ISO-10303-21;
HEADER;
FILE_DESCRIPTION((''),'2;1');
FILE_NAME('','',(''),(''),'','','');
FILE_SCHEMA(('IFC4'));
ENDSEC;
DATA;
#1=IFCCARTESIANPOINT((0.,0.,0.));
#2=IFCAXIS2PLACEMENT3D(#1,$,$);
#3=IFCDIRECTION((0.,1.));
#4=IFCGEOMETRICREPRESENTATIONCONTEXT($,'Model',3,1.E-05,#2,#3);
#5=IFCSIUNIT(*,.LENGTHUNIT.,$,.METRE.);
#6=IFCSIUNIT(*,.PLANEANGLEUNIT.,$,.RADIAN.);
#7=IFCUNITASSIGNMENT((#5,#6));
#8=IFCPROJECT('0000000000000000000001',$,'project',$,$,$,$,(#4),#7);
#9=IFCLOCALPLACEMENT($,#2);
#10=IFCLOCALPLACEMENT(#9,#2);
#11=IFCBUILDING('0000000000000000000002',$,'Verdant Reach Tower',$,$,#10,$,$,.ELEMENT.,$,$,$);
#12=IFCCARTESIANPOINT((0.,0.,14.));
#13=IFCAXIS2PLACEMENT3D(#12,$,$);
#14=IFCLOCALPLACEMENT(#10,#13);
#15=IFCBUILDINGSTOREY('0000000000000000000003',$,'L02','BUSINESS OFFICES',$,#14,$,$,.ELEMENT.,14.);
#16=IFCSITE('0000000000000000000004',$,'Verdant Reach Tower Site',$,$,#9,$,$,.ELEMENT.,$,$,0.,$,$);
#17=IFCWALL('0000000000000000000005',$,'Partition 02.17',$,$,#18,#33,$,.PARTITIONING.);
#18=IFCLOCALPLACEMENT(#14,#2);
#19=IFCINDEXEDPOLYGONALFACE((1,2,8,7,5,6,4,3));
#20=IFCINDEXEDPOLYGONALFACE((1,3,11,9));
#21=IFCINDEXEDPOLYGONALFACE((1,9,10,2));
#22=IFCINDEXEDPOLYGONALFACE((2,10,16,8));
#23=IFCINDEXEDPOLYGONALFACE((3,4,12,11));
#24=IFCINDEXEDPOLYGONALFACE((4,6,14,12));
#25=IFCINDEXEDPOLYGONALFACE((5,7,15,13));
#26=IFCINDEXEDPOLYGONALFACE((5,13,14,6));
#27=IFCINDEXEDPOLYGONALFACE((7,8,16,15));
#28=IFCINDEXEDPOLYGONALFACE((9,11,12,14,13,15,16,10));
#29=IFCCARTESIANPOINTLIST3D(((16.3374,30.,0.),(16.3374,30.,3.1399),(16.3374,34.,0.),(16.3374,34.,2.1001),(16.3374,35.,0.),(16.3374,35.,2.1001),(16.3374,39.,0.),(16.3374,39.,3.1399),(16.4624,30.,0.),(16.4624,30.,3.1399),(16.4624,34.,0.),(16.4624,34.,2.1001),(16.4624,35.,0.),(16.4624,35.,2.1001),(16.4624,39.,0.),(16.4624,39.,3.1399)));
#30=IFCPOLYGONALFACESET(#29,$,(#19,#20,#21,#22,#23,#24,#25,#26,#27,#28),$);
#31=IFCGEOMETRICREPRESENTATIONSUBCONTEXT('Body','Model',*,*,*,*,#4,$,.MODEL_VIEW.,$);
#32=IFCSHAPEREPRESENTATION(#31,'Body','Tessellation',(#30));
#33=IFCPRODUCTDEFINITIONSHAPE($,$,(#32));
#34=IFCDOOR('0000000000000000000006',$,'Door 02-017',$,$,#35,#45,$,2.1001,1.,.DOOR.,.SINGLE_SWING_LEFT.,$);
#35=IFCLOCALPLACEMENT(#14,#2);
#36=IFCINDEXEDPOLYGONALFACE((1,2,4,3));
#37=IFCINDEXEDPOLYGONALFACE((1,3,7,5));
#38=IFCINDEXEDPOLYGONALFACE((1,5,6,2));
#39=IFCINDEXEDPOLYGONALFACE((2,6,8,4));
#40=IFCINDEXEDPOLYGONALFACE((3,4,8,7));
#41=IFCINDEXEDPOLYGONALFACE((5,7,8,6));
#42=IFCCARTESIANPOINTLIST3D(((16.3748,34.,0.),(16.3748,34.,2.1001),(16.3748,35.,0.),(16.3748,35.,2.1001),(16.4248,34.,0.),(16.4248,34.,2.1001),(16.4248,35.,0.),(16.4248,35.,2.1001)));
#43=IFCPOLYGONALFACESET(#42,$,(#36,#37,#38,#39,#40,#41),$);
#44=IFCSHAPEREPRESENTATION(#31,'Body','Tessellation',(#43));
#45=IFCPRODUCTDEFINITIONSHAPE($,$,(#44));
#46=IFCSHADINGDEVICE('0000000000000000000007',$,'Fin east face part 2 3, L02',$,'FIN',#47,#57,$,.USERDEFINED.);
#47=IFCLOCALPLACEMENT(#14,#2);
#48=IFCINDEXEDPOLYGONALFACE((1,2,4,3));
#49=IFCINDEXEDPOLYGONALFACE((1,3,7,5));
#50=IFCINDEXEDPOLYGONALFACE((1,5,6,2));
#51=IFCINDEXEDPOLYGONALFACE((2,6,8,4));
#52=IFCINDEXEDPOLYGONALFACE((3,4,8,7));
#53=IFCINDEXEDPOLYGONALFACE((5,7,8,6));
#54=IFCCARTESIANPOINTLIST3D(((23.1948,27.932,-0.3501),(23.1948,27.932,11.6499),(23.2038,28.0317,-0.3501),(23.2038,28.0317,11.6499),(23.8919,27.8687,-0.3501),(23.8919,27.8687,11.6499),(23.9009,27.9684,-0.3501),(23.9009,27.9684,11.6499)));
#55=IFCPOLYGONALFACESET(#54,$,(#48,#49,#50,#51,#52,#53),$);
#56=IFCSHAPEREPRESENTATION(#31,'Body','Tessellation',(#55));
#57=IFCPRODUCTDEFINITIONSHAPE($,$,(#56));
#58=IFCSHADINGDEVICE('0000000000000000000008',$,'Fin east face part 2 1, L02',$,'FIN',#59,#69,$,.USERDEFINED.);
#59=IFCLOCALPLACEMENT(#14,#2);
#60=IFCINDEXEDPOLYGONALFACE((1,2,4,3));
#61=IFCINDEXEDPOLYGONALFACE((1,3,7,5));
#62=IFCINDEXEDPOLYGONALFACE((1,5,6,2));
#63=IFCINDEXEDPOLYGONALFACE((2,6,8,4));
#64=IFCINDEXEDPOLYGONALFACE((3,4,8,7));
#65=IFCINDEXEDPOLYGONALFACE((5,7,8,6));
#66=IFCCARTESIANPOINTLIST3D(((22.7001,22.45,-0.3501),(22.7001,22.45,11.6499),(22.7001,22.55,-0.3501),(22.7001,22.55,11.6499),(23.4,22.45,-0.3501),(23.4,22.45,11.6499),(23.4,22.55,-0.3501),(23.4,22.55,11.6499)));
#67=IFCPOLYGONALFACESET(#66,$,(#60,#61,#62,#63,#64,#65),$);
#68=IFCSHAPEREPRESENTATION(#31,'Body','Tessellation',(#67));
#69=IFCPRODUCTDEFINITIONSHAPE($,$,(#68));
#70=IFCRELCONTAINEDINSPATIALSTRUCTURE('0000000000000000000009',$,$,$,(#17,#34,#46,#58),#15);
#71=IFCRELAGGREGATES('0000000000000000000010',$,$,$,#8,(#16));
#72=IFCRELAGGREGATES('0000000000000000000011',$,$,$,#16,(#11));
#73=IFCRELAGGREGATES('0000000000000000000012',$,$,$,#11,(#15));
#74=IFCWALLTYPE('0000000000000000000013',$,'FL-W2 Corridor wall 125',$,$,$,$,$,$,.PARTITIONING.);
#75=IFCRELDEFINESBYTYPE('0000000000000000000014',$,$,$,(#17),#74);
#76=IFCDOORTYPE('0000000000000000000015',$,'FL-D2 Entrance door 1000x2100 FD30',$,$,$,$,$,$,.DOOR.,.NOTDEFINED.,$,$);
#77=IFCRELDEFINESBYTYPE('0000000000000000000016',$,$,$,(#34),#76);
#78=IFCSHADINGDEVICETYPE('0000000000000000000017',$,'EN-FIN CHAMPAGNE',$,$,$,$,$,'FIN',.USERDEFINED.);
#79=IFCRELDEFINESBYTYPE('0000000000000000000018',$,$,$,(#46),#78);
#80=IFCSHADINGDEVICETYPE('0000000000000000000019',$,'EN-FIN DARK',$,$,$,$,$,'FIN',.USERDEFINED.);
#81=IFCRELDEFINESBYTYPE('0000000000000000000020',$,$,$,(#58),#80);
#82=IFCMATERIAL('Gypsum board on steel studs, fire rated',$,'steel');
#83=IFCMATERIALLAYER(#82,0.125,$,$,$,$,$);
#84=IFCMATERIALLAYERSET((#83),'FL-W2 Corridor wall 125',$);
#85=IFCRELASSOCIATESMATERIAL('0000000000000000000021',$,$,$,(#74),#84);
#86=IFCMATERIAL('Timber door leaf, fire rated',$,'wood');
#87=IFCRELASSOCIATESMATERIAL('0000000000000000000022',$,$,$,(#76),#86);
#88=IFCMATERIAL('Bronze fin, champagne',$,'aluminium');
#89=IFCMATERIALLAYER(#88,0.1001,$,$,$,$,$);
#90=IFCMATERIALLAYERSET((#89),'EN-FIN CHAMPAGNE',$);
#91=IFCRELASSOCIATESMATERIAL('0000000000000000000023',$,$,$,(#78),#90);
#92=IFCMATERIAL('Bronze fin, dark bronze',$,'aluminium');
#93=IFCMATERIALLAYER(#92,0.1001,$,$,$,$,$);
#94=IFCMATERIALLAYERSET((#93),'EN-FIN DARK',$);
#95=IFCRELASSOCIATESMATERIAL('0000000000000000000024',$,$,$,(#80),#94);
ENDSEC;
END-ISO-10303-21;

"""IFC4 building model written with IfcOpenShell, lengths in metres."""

from ifc_helpers import new_model, si_unit, direction, frame, frame_2d, origin, origin_2d, place, context, subcontext, project, spatial, rectangle, extrude, material, layer, layer_set, type_object, element, fill, save


model = new_model("IFC4")

# Units and contexts
model_context = context("Model", 3, precision=1e-05, world=origin(), true_north=direction((0.0, 1.0)))
body_context = subcontext(model_context, "Body", "Model", "MODEL_VIEW")
ifc_project = project(units=[si_unit("LENGTHUNIT", "METRE"), si_unit("PLANEANGLEUNIT", "RADIAN")], contexts=[model_context])

# Site, building, storey
site_placement = place(None, origin())
site = spatial("IfcSite", under=ifc_project, at=site_placement, Name="Verdant Reach Tower Site", CompositionType="ELEMENT", RefElevation=0.0)
building_placement = place(site_placement, origin())
building = spatial("IfcBuilding", under=site, at=building_placement, Name="Verdant Reach Tower", CompositionType="ELEMENT")
storey_placement = place(building_placement, frame((0.0, 0.0, 14.0)))
storey = spatial("IfcBuildingStorey", under=building, at=storey_placement, Name="L02", Description="BUSINESS OFFICES", CompositionType="ELEMENT", Elevation=14.0)

# Wall, opening, door
ifc_material_1 = material(Name="Gypsum board on steel studs, fire rated", Category="steel")
ifc_layer_1 = layer(ifc_material_1, 0.125)
ifc_layer_set_1 = layer_set([ifc_layer_1], Name="FL-W2 Corridor wall 125")
wall_type_1 = type_object("IfcWallType", Name="FL-W2 Corridor wall 125", PredefinedType="PARTITIONING", material=ifc_layer_set_1)
wall_1_placement = place(storey_placement, frame((16.3999, 39.0, 0.0), z_axis=(0.0, 0.0, 1.0), x_axis=(0.0, -1.0, 0.0)))
wall_1 = element("IfcWall", 1, at=wall_1_placement, inside=storey, type_object=wall_type_1, Name="Partition 02.17", PredefinedType="PARTITIONING", context=body_context, shape_type="SweptSolid", body=[
    extrude(rectangle(XDim=9.0, YDim=0.125, at=frame_2d((4.5, 0.0))), origin(), (0.0, 0.0, 1.0), 3.1399),
])
opening_placement = place(wall_1_placement, frame((4.0, 0.0, 0.0)))
opening = element("IfcOpeningElement", 2, at=opening_placement, cuts=wall_1, PredefinedType="OPENING", context=body_context, shape_type="SweptSolid", body=[
    extrude(rectangle(XDim=1.0, YDim=2.1001, at=frame_2d((0.5, 1.05))), frame((0.0, 0.0725, 0.0), z_axis=(0.0, -1.0, 0.0), x_axis=(1.0, 0.0, 0.0)), (0.0, 0.0, 1.0), 0.145),
])
ifc_material_2 = material(Name="Timber door leaf, fire rated", Category="wood")
door_type = type_object("IfcDoorType", Name="FL-D2 Entrance door 1000x2100 FD30", OperationType="NOTDEFINED", PredefinedType="DOOR", material=ifc_material_2)
door_placement = place(opening_placement, origin())
door = element("IfcDoor", 3, at=door_placement, inside=storey, type_object=door_type, Name="Door 02-017", OperationType="SINGLE_SWING_LEFT", OverallHeight=2.1001, OverallWidth=1.0, PredefinedType="DOOR", context=body_context, shape_type="SweptSolid", body=[
    extrude(rectangle(XDim=1.0, YDim=2.1001, at=frame_2d((0.5, 1.05))), frame((0.0, 0.0249, 0.0), z_axis=(0.0, -1.0, 0.0), x_axis=(1.0, 0.0, 0.0)), (0.0, 0.0, 1.0), 0.05),
])
fill(opening, door)

# Shading devices
ifc_material_3 = material(Name="Bronze fin, champagne", Category="aluminium")
ifc_layer_2 = layer(ifc_material_3, 0.1001)
ifc_layer_set_2 = layer_set([ifc_layer_2], Name="EN-FIN CHAMPAGNE")
shading_device_type_1 = type_object("IfcShadingDeviceType", Name="EN-FIN CHAMPAGNE", ElementType="FIN", PredefinedType="USERDEFINED", material=ifc_layer_set_2)
shading_device_1_placement = place(storey_placement, frame((23.5479, 27.9502, -0.3501), z_axis=(0.0, 0.0, 1.0), x_axis=(0.090536, 0.995893, 0.0)))
element("IfcShadingDevice", 4, at=shading_device_1_placement, inside=storey, type_object=shading_device_type_1, Name="Fin east face part 2 3, L02", ObjectType="FIN", PredefinedType="USERDEFINED", context=body_context, shape_type="SweptSolid", body=[
    extrude(rectangle(XDim=0.1001, YDim=0.7, at=origin_2d()), origin(), (0.0, 0.0, 1.0), 12.0),
])
ifc_material_4 = material(Name="Bronze fin, dark bronze", Category="aluminium")
ifc_layer_3 = layer(ifc_material_4, 0.1001)
ifc_layer_set_3 = layer_set([ifc_layer_3], Name="EN-FIN DARK")
shading_device_type_2 = type_object("IfcShadingDeviceType", Name="EN-FIN DARK", ElementType="FIN", PredefinedType="USERDEFINED", material=ifc_layer_set_3)
shading_device_2_placement = place(storey_placement, frame((23.05, 22.5, -0.3501), z_axis=(0.0, 0.0, 1.0), x_axis=(0.0, 1.0, 0.0)))
element("IfcShadingDevice", 5, at=shading_device_2_placement, inside=storey, type_object=shading_device_type_2, Name="Fin east face part 2 1, L02", ObjectType="FIN", PredefinedType="USERDEFINED", context=body_context, shape_type="SweptSolid", body=[
    extrude(rectangle(XDim=0.1001, YDim=0.7, at=origin_2d()), origin(), (0.0, 0.0, 1.0), 12.0),
])

save(model, "model.ifc")
